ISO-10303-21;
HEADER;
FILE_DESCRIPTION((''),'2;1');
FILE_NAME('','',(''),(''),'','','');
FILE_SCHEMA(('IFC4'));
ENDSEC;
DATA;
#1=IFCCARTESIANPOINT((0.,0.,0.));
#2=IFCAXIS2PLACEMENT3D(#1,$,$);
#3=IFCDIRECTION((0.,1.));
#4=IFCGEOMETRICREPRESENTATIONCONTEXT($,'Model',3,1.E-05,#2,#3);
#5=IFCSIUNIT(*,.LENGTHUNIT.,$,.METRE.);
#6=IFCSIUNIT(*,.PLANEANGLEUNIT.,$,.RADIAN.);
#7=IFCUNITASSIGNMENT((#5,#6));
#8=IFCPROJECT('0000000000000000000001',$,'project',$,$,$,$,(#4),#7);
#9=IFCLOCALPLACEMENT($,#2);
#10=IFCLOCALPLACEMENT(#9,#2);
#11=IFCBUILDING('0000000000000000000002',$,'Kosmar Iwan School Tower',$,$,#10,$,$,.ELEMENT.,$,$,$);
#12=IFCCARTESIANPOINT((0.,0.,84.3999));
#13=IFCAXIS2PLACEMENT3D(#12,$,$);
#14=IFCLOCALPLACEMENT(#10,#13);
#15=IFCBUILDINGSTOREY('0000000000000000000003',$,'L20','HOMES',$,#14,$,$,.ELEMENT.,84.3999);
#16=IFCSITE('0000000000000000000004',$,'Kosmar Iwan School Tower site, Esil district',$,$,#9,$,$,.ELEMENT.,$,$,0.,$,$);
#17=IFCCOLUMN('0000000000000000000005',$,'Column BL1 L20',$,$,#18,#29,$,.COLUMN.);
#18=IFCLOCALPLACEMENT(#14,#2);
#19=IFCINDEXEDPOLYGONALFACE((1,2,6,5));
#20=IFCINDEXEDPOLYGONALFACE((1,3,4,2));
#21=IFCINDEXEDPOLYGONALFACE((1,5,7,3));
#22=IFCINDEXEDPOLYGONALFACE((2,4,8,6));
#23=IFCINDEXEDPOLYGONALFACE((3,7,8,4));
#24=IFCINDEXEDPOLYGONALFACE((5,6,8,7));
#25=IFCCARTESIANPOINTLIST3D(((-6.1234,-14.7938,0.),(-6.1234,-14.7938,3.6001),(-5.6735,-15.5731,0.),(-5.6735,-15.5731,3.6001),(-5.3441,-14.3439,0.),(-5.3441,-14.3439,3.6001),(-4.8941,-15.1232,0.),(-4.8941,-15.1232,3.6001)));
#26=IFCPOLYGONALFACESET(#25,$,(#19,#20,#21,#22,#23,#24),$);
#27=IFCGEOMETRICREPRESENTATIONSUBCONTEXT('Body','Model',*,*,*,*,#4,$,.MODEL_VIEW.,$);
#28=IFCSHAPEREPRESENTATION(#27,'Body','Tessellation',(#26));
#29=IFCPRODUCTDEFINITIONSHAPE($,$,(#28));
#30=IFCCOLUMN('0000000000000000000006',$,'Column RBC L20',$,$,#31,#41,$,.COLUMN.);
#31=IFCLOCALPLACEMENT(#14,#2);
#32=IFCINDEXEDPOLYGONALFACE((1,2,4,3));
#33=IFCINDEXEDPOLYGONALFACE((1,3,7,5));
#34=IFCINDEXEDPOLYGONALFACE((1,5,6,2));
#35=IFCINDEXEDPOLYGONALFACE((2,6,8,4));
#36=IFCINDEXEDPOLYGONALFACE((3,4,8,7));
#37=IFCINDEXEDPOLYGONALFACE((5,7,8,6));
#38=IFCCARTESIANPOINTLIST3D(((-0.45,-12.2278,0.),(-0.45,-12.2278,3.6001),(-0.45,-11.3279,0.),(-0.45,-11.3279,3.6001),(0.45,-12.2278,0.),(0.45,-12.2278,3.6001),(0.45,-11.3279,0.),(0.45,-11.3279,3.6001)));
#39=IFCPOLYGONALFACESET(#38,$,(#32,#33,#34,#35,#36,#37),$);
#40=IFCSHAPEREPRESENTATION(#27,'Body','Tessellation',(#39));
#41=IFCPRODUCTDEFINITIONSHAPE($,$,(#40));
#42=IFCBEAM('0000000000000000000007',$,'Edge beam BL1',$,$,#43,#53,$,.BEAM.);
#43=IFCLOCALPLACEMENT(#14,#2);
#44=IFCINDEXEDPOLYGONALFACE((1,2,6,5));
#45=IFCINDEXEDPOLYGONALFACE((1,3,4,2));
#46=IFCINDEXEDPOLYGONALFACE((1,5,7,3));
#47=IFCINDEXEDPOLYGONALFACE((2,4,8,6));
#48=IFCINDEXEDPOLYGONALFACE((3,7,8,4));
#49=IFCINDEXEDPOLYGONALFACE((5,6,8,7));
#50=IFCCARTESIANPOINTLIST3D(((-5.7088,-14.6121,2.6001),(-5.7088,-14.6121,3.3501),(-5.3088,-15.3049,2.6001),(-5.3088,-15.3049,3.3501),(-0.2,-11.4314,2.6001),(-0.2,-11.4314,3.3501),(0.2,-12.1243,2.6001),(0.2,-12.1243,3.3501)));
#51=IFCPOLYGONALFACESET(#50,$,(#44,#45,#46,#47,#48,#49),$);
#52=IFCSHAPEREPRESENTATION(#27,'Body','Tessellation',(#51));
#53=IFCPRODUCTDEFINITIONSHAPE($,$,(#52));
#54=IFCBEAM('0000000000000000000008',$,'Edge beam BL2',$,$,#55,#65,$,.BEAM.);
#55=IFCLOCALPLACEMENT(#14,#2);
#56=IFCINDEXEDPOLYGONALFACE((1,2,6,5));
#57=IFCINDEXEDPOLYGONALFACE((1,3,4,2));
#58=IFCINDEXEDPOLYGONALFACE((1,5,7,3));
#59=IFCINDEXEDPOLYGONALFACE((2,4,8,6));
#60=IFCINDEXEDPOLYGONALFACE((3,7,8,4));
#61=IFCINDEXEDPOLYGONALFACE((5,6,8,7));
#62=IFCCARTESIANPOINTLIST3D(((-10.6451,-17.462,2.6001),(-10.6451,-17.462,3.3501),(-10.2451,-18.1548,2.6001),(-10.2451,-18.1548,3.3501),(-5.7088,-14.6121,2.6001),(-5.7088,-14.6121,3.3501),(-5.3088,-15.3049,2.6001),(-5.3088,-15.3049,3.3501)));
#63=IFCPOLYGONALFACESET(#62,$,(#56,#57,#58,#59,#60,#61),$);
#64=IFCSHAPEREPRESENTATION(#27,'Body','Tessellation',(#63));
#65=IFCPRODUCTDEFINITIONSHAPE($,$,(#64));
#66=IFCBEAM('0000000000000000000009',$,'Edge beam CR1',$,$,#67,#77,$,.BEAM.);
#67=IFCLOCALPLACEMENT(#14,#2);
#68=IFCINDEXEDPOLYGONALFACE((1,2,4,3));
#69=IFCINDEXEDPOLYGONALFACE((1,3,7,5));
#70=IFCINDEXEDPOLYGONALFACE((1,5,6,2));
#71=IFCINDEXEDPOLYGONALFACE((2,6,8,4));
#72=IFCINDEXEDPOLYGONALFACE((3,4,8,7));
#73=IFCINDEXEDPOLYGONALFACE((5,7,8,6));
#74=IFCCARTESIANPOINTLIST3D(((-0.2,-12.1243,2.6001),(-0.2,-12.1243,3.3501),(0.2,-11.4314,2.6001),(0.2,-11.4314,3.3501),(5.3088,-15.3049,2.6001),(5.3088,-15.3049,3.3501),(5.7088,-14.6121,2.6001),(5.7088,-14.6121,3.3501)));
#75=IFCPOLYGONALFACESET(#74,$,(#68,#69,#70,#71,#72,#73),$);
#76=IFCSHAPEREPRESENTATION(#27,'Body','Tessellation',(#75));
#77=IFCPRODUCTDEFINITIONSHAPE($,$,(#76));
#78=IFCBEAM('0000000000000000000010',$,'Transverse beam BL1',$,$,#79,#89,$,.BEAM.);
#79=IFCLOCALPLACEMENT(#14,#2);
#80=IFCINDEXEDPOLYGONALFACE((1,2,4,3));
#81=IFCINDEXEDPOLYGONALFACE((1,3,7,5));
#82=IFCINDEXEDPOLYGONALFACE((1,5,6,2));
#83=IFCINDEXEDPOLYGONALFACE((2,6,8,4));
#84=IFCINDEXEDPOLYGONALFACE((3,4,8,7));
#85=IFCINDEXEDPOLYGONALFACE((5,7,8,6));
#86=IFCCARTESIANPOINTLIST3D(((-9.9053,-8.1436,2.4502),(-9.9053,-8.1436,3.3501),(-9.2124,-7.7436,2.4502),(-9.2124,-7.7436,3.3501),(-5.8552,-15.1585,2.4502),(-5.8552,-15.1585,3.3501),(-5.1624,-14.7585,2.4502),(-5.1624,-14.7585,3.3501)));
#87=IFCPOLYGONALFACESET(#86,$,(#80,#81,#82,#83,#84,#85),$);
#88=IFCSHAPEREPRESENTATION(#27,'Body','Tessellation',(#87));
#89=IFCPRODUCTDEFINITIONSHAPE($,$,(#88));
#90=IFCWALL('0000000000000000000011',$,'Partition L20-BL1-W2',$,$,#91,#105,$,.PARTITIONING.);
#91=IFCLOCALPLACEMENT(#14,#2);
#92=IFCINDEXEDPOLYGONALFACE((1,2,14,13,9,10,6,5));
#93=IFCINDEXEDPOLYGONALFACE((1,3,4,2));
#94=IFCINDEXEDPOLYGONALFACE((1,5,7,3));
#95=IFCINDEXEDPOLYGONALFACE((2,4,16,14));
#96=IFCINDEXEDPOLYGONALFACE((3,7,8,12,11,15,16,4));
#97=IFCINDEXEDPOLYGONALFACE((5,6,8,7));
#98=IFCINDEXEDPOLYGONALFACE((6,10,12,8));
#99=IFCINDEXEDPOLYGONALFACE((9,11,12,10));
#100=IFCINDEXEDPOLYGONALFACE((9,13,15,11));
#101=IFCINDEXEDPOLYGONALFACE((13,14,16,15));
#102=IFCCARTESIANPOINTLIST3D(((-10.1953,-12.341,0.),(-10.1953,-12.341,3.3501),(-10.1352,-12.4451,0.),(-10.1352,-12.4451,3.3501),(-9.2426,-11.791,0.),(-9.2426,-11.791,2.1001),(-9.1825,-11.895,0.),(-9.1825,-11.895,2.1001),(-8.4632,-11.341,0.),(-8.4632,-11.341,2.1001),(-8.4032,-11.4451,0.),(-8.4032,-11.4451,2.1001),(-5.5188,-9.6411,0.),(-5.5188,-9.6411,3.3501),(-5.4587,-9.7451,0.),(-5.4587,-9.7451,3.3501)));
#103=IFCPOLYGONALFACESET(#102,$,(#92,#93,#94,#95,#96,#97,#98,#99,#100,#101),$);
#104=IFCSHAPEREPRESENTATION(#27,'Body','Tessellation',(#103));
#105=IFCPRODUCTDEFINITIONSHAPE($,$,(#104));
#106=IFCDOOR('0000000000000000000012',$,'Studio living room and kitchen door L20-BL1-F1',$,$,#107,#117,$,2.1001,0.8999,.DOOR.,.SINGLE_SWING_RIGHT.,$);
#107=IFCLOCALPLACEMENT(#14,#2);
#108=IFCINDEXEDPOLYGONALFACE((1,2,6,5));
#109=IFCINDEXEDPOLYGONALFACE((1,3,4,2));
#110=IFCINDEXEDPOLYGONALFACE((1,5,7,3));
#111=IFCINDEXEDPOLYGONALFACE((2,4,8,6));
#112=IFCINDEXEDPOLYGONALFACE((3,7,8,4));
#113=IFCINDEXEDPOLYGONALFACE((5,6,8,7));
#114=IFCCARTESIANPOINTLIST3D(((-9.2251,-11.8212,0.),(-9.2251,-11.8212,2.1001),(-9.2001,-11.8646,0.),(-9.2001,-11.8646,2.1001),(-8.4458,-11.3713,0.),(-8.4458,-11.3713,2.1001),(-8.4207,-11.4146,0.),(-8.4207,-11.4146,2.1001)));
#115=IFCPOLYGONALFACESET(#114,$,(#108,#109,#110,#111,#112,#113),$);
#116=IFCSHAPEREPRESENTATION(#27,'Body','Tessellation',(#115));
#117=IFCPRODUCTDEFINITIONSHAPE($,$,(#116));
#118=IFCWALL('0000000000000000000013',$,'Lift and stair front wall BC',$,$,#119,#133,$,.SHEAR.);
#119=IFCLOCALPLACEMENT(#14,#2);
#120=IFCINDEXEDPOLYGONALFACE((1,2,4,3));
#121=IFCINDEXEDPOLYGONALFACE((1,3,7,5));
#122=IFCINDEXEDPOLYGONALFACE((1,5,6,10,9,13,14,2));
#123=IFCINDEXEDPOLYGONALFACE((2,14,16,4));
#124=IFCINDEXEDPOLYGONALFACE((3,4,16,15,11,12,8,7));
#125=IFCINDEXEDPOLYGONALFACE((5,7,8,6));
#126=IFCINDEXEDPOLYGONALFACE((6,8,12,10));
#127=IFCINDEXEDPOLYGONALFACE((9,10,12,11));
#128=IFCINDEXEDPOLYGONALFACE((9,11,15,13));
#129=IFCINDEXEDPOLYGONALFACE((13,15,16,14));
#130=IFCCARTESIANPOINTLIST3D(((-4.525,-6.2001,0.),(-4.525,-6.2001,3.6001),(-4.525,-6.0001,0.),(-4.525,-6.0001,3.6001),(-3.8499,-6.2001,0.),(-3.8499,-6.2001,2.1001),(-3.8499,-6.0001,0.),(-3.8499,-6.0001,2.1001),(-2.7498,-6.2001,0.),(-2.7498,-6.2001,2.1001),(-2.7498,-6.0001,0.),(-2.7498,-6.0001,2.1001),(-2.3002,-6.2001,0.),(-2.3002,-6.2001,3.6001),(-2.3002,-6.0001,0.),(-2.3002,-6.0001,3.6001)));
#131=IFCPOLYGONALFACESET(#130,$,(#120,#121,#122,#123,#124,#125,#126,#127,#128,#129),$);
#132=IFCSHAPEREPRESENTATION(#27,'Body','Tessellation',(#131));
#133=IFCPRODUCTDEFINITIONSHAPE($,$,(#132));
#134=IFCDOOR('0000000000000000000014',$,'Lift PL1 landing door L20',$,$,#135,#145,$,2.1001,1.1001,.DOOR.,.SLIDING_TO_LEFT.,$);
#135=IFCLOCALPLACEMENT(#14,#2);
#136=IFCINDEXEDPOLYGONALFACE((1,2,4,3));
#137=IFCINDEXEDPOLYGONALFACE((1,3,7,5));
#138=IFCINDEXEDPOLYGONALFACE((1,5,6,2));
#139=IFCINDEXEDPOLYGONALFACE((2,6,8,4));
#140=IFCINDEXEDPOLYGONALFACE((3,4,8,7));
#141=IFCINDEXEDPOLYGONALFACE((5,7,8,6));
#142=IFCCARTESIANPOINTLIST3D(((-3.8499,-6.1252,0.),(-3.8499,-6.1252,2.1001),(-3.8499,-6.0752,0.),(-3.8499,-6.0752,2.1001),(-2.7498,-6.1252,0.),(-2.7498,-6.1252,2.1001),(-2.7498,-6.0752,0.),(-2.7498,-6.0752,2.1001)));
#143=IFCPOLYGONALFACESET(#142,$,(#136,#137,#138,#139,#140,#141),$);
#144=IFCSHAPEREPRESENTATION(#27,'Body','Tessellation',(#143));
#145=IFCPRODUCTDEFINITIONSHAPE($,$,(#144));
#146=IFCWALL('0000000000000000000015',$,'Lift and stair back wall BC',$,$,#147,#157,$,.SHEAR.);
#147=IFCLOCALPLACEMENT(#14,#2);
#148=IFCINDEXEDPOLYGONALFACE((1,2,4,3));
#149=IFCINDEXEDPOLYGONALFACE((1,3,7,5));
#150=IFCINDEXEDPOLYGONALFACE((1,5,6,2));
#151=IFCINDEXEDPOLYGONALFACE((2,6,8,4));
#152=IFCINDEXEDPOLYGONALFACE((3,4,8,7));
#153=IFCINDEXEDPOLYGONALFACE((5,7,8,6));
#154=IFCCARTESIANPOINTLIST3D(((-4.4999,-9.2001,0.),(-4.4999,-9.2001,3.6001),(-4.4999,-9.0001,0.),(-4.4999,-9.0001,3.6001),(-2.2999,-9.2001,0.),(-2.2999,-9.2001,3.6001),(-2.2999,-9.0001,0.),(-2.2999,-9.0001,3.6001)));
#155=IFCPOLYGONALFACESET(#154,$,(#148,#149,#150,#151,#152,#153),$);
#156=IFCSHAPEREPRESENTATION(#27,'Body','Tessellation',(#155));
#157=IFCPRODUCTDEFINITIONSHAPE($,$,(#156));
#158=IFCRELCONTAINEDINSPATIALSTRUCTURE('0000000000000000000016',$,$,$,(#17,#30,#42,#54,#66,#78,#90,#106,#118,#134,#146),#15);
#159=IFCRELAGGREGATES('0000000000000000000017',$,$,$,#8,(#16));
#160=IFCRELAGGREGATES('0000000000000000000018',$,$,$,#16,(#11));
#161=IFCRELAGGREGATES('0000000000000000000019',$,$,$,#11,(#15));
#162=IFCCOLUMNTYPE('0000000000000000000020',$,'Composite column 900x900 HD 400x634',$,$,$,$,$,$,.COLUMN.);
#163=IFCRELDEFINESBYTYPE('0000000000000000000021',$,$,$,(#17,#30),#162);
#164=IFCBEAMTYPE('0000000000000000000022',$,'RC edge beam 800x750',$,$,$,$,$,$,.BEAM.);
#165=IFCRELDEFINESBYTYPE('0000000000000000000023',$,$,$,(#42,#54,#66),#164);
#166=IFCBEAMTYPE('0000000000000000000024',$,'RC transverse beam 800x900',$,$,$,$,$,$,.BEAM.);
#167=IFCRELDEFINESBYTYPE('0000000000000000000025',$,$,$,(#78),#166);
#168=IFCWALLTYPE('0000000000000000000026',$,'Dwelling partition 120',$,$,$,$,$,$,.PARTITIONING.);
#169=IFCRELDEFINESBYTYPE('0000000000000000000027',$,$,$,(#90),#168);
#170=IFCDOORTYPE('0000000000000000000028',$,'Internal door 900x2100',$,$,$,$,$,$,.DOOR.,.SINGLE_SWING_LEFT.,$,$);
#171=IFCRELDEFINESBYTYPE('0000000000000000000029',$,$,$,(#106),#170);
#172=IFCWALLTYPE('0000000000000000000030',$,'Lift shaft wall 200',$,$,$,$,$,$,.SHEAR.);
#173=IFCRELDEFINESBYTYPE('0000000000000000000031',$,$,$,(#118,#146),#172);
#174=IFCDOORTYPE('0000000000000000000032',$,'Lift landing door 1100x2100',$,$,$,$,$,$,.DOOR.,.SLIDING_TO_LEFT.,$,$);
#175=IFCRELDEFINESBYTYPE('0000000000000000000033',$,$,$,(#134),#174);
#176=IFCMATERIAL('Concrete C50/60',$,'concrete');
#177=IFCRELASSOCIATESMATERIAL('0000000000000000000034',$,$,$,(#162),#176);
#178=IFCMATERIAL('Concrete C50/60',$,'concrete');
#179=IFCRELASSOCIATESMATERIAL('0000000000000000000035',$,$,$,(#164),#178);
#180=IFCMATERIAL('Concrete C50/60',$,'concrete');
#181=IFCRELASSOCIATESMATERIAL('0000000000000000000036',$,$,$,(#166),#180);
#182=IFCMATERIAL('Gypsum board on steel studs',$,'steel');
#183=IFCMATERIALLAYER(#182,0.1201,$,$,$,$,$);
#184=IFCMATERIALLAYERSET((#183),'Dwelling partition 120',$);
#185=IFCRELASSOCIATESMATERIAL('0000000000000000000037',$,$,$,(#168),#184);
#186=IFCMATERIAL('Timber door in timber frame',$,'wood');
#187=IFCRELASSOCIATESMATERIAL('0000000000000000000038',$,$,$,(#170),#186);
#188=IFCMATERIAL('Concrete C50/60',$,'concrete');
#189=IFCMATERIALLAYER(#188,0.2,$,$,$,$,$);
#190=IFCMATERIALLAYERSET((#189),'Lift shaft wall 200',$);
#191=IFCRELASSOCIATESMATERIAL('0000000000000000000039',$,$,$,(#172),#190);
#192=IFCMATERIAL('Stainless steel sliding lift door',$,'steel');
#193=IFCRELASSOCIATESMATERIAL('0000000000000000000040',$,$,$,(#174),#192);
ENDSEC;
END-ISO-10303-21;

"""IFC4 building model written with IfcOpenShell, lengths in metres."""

from ifc_helpers import new_model, si_unit, direction, frame, frame_2d, origin, origin_2d, place, context, subcontext, project, spatial, rectangle, extrude, material, layer, layer_set, material_profile, profile_set, type_object, element, fill, save


model = new_model("IFC4")

# Units and contexts
model_context = context("Model", 3, precision=1e-05, world=origin(), true_north=direction((0.0, 1.0)))
body_context = subcontext(model_context, "Body", "Model", "MODEL_VIEW")
ifc_project = project(units=[si_unit("LENGTHUNIT", "METRE"), si_unit("PLANEANGLEUNIT", "RADIAN")], contexts=[model_context])

# Site, building, storey
site_placement = place(None, origin())
site = spatial("IfcSite", under=ifc_project, at=site_placement, Name="Kosmar Iwan School Tower site, Esil district", CompositionType="ELEMENT", RefElevation=0.0)
building_placement = place(site_placement, origin())
building = spatial("IfcBuilding", under=site, at=building_placement, Name="Kosmar Iwan School Tower", CompositionType="ELEMENT")
storey_placement = place(building_placement, frame((0.0, 0.0, 84.3999)))
storey = spatial("IfcBuildingStorey", under=building, at=storey_placement, Name="L20", Description="HOMES", CompositionType="ELEMENT", Elevation=84.3999)

# Columns
ifc_material_1 = material(Name="Concrete C50/60", Category="concrete")
ifc_material_profile_1 = material_profile(ifc_material_1, rectangle(XDim=0.8999, YDim=0.8999, at=origin_2d()), Name="RC 900x900 + HD 400x634")
ifc_profile_set_1 = profile_set([ifc_material_profile_1], Name="Concrete C50/60")
column_type = type_object("IfcColumnType", Name="Composite column 900x900 HD 400x634", PredefinedType="COLUMN", material=ifc_profile_set_1)
for number, where, z_axis, x_axis, name in (
    (1, (-5.5088, -14.9585, 0.0), (0.0, 0.0, 1.0), (-0.866025, -0.5, 0.0), "Column BL1 L20"),
    (2, (0.0, -11.7778, 0.0), (0.0, 0.0, 1.0), (1.0, 0.0, 0.0), "Column RBC L20"),
):
    element("IfcColumn", number, at=place(storey_placement, frame(where, z_axis=z_axis, x_axis=x_axis)), inside=storey, type_object=column_type, Name=name, PredefinedType="COLUMN", context=body_context, shape_type="SweptSolid", body=[
        extrude(rectangle(XDim=0.8999, YDim=0.8999, at=origin_2d()), origin(), (0.0, 0.0, 1.0), 3.6001),
    ])

# Beams
ifc_material_2 = material(Name="Concrete C50/60", Category="concrete")
ifc_material_profile_2 = material_profile(ifc_material_2, rectangle(XDim=0.8, YDim=0.75, at=origin_2d()), Name="RC 800x750")
ifc_profile_set_2 = profile_set([ifc_material_profile_2], Name="Concrete C50/60")
beam_type_1 = type_object("IfcBeamType", Name="RC edge beam 800x750", PredefinedType="BEAM", material=ifc_profile_set_2)
beam_1_placement = place(storey_placement, frame((0.0, -11.7778, 2.9751), z_axis=(-0.866014, -0.500019, 0.0), x_axis=(0.500019, -0.866014, 0.0)))
element("IfcBeam", 3, at=beam_1_placement, inside=storey, type_object=beam_type_1, Name="Edge beam BL1", PredefinedType="BEAM", context=body_context, shape_type="SweptSolid", body=[
    extrude(rectangle(XDim=0.8, YDim=0.75, at=origin_2d()), origin(), (0.0, 0.0, 1.0), 6.3611),
])
beam_2_placement = place(storey_placement, frame((-5.5088, -14.9585, 2.9751), z_axis=(-0.866034, -0.499986, 0.0), x_axis=(0.499986, -0.866034, 0.0)))
element("IfcBeam", 4, at=beam_2_placement, inside=storey, type_object=beam_type_1, Name="Edge beam BL2", PredefinedType="BEAM", context=body_context, shape_type="SweptSolid", body=[
    extrude(rectangle(XDim=0.8, YDim=0.75, at=origin_2d()), origin(), (0.0, 0.0, 1.0), 5.7),
])
beam_3_placement = place(storey_placement, frame((0.0, -11.7778, 2.9751), z_axis=(0.866014, -0.500019, 0.0), x_axis=(0.500019, 0.866014, 0.0)))
element("IfcBeam", 5, at=beam_3_placement, inside=storey, type_object=beam_type_1, Name="Edge beam CR1", PredefinedType="BEAM", context=body_context, shape_type="SweptSolid", body=[
    extrude(rectangle(XDim=0.8, YDim=0.75, at=origin_2d()), origin(), (0.0, 0.0, 1.0), 6.3611),
])
ifc_material_3 = material(Name="Concrete C50/60", Category="concrete")
ifc_material_profile_3 = material_profile(ifc_material_3, rectangle(XDim=0.8, YDim=0.8999, at=origin_2d()), Name="RC 800x900")
ifc_profile_set_3 = profile_set([ifc_material_profile_3], Name="Concrete C50/60")
beam_type_2 = type_object("IfcBeamType", Name="RC transverse beam 800x900", PredefinedType="BEAM", material=ifc_profile_set_3)
beam_4_placement = place(storey_placement, frame((-5.5088, -14.9585, 2.9001), z_axis=(-0.5, 0.866025, 0.0), x_axis=(-0.866025, -0.5, 0.0)))
element("IfcBeam", 6, at=beam_4_placement, inside=storey, type_object=beam_type_2, Name="Transverse beam BL1", PredefinedType="BEAM", context=body_context, shape_type="SweptSolid", body=[
    extrude(rectangle(XDim=0.8, YDim=0.8999, at=origin_2d()), origin(), (0.0, 0.0, 1.0), 8.1001),
])

# Walls, openings, doors
ifc_material_4 = material(Name="Gypsum board on steel studs", Category="steel")
ifc_layer_1 = layer(ifc_material_4, 0.1201)
ifc_layer_set_1 = layer_set([ifc_layer_1], Name="Dwelling partition 120")
wall_type_1 = type_object("IfcWallType", Name="Dwelling partition 120", PredefinedType="PARTITIONING", material=ifc_layer_set_1)
wall_1_placement = place(storey_placement, frame((-5.4888, -9.6931, 0.0), z_axis=(0.0, 0.0, 1.0), x_axis=(-0.866028, -0.499995, 0.0)))
wall_1 = element("IfcWall", 7, at=wall_1_placement, inside=storey, type_object=wall_type_1, Name="Partition L20-BL1-W2", PredefinedType="PARTITIONING", context=body_context, shape_type="SweptSolid", body=[
    extrude(rectangle(XDim=5.3999, YDim=0.1201, at=frame_2d((2.7, 0.0))), origin(), (0.0, 0.0, 1.0), 3.3501),
])
opening_1_placement = place(wall_1_placement, frame((3.3999, 0.0, 0.0)))
opening_1 = element("IfcOpeningElement", 8, at=opening_1_placement, cuts=wall_1, PredefinedType="OPENING", context=body_context, shape_type="SweptSolid", body=[
    extrude(rectangle(XDim=0.8999, YDim=2.1001, at=frame_2d((0.45, 1.05))), frame((0.0, 0.072, 0.0), z_axis=(0.0, -1.0, 0.0), x_axis=(1.0, 0.0, 0.0)), (0.0, 0.0, 1.0), 0.144),
])
ifc_material_5 = material(Name="Timber door in timber frame", Category="wood")
door_type_1 = type_object("IfcDoorType", Name="Internal door 900x2100", OperationType="SINGLE_SWING_LEFT", PredefinedType="DOOR", material=ifc_material_5)
door_1_placement = place(opening_1_placement, origin())
door_1 = element("IfcDoor", 9, at=door_1_placement, inside=storey, type_object=door_type_1, Name="Studio living room and kitchen door L20-BL1-F1", OperationType="SINGLE_SWING_RIGHT", OverallHeight=2.1001, OverallWidth=0.8999, PredefinedType="DOOR", context=body_context, shape_type="SweptSolid", body=[
    extrude(rectangle(XDim=0.8999, YDim=2.1001, at=frame_2d((0.45, 1.05))), frame((0.0, 0.0249, 0.0), z_axis=(0.0, -1.0, 0.0), x_axis=(1.0, 0.0, 0.0)), (0.0, 0.0, 1.0), 0.05),
])
fill(opening_1, door_1)
ifc_material_6 = material(Name="Concrete C50/60", Category="concrete")
ifc_layer_2 = layer(ifc_material_6, 0.2)
ifc_layer_set_2 = layer_set([ifc_layer_2], Name="Lift shaft wall 200")
wall_type_2 = type_object("IfcWallType", Name="Lift shaft wall 200", PredefinedType="SHEAR", material=ifc_layer_set_2)
wall_2_placement = place(storey_placement, frame((-4.5249, -6.1001, 0.0), z_axis=(0.0, 0.0, 1.0), x_axis=(1.0, 0.0, 0.0)))
wall_2 = element("IfcWall", 10, at=wall_2_placement, inside=storey, type_object=wall_type_2, Name="Lift and stair front wall BC", PredefinedType="SHEAR", context=body_context, shape_type="SweptSolid", body=[
    extrude(rectangle(XDim=2.2249, YDim=0.2, at=frame_2d((1.1123, 0.0))), origin(), (0.0, 0.0, 1.0), 3.6001),
])
opening_2_placement = place(wall_2_placement, frame((0.675, 0.0, 0.0)))
opening_2 = element("IfcOpeningElement", 11, at=opening_2_placement, cuts=wall_2, PredefinedType="OPENING", context=body_context, shape_type="SweptSolid", body=[
    extrude(rectangle(XDim=1.1001, YDim=2.1001, at=frame_2d((0.55, 1.05))), frame((0.0, 0.1121, 0.0), z_axis=(0.0, -1.0, 0.0), x_axis=(1.0, 0.0, 0.0)), (0.0, 0.0, 1.0), 0.2239),
])
ifc_material_7 = material(Name="Stainless steel sliding lift door", Category="steel")
door_type_2 = type_object("IfcDoorType", Name="Lift landing door 1100x2100", OperationType="SLIDING_TO_LEFT", PredefinedType="DOOR", material=ifc_material_7)
door_2_placement = place(opening_2_placement, origin())
door_2 = element("IfcDoor", 12, at=door_2_placement, inside=storey, type_object=door_type_2, Name="Lift PL1 landing door L20", OperationType="SLIDING_TO_LEFT", OverallHeight=2.1001, OverallWidth=1.1001, PredefinedType="DOOR", context=body_context, shape_type="SweptSolid", body=[
    extrude(rectangle(XDim=1.1001, YDim=2.1001, at=frame_2d((0.55, 1.05))), frame((0.0, 0.0249, 0.0), z_axis=(0.0, -1.0, 0.0), x_axis=(1.0, 0.0, 0.0)), (0.0, 0.0, 1.0), 0.05),
])
fill(opening_2, door_2)

# Wall
wall_3_placement = place(storey_placement, frame((-4.5, -9.1001, 0.0), z_axis=(0.0, 0.0, 1.0), x_axis=(1.0, 0.0, 0.0)))
element("IfcWall", 13, at=wall_3_placement, inside=storey, type_object=wall_type_2, Name="Lift and stair back wall BC", PredefinedType="SHEAR", context=body_context, shape_type="SweptSolid", body=[
    extrude(rectangle(XDim=2.2, YDim=0.2, at=frame_2d((1.1001, 0.0))), origin(), (0.0, 0.0, 1.0), 3.6001),
])

save(model, "model.ifc")
